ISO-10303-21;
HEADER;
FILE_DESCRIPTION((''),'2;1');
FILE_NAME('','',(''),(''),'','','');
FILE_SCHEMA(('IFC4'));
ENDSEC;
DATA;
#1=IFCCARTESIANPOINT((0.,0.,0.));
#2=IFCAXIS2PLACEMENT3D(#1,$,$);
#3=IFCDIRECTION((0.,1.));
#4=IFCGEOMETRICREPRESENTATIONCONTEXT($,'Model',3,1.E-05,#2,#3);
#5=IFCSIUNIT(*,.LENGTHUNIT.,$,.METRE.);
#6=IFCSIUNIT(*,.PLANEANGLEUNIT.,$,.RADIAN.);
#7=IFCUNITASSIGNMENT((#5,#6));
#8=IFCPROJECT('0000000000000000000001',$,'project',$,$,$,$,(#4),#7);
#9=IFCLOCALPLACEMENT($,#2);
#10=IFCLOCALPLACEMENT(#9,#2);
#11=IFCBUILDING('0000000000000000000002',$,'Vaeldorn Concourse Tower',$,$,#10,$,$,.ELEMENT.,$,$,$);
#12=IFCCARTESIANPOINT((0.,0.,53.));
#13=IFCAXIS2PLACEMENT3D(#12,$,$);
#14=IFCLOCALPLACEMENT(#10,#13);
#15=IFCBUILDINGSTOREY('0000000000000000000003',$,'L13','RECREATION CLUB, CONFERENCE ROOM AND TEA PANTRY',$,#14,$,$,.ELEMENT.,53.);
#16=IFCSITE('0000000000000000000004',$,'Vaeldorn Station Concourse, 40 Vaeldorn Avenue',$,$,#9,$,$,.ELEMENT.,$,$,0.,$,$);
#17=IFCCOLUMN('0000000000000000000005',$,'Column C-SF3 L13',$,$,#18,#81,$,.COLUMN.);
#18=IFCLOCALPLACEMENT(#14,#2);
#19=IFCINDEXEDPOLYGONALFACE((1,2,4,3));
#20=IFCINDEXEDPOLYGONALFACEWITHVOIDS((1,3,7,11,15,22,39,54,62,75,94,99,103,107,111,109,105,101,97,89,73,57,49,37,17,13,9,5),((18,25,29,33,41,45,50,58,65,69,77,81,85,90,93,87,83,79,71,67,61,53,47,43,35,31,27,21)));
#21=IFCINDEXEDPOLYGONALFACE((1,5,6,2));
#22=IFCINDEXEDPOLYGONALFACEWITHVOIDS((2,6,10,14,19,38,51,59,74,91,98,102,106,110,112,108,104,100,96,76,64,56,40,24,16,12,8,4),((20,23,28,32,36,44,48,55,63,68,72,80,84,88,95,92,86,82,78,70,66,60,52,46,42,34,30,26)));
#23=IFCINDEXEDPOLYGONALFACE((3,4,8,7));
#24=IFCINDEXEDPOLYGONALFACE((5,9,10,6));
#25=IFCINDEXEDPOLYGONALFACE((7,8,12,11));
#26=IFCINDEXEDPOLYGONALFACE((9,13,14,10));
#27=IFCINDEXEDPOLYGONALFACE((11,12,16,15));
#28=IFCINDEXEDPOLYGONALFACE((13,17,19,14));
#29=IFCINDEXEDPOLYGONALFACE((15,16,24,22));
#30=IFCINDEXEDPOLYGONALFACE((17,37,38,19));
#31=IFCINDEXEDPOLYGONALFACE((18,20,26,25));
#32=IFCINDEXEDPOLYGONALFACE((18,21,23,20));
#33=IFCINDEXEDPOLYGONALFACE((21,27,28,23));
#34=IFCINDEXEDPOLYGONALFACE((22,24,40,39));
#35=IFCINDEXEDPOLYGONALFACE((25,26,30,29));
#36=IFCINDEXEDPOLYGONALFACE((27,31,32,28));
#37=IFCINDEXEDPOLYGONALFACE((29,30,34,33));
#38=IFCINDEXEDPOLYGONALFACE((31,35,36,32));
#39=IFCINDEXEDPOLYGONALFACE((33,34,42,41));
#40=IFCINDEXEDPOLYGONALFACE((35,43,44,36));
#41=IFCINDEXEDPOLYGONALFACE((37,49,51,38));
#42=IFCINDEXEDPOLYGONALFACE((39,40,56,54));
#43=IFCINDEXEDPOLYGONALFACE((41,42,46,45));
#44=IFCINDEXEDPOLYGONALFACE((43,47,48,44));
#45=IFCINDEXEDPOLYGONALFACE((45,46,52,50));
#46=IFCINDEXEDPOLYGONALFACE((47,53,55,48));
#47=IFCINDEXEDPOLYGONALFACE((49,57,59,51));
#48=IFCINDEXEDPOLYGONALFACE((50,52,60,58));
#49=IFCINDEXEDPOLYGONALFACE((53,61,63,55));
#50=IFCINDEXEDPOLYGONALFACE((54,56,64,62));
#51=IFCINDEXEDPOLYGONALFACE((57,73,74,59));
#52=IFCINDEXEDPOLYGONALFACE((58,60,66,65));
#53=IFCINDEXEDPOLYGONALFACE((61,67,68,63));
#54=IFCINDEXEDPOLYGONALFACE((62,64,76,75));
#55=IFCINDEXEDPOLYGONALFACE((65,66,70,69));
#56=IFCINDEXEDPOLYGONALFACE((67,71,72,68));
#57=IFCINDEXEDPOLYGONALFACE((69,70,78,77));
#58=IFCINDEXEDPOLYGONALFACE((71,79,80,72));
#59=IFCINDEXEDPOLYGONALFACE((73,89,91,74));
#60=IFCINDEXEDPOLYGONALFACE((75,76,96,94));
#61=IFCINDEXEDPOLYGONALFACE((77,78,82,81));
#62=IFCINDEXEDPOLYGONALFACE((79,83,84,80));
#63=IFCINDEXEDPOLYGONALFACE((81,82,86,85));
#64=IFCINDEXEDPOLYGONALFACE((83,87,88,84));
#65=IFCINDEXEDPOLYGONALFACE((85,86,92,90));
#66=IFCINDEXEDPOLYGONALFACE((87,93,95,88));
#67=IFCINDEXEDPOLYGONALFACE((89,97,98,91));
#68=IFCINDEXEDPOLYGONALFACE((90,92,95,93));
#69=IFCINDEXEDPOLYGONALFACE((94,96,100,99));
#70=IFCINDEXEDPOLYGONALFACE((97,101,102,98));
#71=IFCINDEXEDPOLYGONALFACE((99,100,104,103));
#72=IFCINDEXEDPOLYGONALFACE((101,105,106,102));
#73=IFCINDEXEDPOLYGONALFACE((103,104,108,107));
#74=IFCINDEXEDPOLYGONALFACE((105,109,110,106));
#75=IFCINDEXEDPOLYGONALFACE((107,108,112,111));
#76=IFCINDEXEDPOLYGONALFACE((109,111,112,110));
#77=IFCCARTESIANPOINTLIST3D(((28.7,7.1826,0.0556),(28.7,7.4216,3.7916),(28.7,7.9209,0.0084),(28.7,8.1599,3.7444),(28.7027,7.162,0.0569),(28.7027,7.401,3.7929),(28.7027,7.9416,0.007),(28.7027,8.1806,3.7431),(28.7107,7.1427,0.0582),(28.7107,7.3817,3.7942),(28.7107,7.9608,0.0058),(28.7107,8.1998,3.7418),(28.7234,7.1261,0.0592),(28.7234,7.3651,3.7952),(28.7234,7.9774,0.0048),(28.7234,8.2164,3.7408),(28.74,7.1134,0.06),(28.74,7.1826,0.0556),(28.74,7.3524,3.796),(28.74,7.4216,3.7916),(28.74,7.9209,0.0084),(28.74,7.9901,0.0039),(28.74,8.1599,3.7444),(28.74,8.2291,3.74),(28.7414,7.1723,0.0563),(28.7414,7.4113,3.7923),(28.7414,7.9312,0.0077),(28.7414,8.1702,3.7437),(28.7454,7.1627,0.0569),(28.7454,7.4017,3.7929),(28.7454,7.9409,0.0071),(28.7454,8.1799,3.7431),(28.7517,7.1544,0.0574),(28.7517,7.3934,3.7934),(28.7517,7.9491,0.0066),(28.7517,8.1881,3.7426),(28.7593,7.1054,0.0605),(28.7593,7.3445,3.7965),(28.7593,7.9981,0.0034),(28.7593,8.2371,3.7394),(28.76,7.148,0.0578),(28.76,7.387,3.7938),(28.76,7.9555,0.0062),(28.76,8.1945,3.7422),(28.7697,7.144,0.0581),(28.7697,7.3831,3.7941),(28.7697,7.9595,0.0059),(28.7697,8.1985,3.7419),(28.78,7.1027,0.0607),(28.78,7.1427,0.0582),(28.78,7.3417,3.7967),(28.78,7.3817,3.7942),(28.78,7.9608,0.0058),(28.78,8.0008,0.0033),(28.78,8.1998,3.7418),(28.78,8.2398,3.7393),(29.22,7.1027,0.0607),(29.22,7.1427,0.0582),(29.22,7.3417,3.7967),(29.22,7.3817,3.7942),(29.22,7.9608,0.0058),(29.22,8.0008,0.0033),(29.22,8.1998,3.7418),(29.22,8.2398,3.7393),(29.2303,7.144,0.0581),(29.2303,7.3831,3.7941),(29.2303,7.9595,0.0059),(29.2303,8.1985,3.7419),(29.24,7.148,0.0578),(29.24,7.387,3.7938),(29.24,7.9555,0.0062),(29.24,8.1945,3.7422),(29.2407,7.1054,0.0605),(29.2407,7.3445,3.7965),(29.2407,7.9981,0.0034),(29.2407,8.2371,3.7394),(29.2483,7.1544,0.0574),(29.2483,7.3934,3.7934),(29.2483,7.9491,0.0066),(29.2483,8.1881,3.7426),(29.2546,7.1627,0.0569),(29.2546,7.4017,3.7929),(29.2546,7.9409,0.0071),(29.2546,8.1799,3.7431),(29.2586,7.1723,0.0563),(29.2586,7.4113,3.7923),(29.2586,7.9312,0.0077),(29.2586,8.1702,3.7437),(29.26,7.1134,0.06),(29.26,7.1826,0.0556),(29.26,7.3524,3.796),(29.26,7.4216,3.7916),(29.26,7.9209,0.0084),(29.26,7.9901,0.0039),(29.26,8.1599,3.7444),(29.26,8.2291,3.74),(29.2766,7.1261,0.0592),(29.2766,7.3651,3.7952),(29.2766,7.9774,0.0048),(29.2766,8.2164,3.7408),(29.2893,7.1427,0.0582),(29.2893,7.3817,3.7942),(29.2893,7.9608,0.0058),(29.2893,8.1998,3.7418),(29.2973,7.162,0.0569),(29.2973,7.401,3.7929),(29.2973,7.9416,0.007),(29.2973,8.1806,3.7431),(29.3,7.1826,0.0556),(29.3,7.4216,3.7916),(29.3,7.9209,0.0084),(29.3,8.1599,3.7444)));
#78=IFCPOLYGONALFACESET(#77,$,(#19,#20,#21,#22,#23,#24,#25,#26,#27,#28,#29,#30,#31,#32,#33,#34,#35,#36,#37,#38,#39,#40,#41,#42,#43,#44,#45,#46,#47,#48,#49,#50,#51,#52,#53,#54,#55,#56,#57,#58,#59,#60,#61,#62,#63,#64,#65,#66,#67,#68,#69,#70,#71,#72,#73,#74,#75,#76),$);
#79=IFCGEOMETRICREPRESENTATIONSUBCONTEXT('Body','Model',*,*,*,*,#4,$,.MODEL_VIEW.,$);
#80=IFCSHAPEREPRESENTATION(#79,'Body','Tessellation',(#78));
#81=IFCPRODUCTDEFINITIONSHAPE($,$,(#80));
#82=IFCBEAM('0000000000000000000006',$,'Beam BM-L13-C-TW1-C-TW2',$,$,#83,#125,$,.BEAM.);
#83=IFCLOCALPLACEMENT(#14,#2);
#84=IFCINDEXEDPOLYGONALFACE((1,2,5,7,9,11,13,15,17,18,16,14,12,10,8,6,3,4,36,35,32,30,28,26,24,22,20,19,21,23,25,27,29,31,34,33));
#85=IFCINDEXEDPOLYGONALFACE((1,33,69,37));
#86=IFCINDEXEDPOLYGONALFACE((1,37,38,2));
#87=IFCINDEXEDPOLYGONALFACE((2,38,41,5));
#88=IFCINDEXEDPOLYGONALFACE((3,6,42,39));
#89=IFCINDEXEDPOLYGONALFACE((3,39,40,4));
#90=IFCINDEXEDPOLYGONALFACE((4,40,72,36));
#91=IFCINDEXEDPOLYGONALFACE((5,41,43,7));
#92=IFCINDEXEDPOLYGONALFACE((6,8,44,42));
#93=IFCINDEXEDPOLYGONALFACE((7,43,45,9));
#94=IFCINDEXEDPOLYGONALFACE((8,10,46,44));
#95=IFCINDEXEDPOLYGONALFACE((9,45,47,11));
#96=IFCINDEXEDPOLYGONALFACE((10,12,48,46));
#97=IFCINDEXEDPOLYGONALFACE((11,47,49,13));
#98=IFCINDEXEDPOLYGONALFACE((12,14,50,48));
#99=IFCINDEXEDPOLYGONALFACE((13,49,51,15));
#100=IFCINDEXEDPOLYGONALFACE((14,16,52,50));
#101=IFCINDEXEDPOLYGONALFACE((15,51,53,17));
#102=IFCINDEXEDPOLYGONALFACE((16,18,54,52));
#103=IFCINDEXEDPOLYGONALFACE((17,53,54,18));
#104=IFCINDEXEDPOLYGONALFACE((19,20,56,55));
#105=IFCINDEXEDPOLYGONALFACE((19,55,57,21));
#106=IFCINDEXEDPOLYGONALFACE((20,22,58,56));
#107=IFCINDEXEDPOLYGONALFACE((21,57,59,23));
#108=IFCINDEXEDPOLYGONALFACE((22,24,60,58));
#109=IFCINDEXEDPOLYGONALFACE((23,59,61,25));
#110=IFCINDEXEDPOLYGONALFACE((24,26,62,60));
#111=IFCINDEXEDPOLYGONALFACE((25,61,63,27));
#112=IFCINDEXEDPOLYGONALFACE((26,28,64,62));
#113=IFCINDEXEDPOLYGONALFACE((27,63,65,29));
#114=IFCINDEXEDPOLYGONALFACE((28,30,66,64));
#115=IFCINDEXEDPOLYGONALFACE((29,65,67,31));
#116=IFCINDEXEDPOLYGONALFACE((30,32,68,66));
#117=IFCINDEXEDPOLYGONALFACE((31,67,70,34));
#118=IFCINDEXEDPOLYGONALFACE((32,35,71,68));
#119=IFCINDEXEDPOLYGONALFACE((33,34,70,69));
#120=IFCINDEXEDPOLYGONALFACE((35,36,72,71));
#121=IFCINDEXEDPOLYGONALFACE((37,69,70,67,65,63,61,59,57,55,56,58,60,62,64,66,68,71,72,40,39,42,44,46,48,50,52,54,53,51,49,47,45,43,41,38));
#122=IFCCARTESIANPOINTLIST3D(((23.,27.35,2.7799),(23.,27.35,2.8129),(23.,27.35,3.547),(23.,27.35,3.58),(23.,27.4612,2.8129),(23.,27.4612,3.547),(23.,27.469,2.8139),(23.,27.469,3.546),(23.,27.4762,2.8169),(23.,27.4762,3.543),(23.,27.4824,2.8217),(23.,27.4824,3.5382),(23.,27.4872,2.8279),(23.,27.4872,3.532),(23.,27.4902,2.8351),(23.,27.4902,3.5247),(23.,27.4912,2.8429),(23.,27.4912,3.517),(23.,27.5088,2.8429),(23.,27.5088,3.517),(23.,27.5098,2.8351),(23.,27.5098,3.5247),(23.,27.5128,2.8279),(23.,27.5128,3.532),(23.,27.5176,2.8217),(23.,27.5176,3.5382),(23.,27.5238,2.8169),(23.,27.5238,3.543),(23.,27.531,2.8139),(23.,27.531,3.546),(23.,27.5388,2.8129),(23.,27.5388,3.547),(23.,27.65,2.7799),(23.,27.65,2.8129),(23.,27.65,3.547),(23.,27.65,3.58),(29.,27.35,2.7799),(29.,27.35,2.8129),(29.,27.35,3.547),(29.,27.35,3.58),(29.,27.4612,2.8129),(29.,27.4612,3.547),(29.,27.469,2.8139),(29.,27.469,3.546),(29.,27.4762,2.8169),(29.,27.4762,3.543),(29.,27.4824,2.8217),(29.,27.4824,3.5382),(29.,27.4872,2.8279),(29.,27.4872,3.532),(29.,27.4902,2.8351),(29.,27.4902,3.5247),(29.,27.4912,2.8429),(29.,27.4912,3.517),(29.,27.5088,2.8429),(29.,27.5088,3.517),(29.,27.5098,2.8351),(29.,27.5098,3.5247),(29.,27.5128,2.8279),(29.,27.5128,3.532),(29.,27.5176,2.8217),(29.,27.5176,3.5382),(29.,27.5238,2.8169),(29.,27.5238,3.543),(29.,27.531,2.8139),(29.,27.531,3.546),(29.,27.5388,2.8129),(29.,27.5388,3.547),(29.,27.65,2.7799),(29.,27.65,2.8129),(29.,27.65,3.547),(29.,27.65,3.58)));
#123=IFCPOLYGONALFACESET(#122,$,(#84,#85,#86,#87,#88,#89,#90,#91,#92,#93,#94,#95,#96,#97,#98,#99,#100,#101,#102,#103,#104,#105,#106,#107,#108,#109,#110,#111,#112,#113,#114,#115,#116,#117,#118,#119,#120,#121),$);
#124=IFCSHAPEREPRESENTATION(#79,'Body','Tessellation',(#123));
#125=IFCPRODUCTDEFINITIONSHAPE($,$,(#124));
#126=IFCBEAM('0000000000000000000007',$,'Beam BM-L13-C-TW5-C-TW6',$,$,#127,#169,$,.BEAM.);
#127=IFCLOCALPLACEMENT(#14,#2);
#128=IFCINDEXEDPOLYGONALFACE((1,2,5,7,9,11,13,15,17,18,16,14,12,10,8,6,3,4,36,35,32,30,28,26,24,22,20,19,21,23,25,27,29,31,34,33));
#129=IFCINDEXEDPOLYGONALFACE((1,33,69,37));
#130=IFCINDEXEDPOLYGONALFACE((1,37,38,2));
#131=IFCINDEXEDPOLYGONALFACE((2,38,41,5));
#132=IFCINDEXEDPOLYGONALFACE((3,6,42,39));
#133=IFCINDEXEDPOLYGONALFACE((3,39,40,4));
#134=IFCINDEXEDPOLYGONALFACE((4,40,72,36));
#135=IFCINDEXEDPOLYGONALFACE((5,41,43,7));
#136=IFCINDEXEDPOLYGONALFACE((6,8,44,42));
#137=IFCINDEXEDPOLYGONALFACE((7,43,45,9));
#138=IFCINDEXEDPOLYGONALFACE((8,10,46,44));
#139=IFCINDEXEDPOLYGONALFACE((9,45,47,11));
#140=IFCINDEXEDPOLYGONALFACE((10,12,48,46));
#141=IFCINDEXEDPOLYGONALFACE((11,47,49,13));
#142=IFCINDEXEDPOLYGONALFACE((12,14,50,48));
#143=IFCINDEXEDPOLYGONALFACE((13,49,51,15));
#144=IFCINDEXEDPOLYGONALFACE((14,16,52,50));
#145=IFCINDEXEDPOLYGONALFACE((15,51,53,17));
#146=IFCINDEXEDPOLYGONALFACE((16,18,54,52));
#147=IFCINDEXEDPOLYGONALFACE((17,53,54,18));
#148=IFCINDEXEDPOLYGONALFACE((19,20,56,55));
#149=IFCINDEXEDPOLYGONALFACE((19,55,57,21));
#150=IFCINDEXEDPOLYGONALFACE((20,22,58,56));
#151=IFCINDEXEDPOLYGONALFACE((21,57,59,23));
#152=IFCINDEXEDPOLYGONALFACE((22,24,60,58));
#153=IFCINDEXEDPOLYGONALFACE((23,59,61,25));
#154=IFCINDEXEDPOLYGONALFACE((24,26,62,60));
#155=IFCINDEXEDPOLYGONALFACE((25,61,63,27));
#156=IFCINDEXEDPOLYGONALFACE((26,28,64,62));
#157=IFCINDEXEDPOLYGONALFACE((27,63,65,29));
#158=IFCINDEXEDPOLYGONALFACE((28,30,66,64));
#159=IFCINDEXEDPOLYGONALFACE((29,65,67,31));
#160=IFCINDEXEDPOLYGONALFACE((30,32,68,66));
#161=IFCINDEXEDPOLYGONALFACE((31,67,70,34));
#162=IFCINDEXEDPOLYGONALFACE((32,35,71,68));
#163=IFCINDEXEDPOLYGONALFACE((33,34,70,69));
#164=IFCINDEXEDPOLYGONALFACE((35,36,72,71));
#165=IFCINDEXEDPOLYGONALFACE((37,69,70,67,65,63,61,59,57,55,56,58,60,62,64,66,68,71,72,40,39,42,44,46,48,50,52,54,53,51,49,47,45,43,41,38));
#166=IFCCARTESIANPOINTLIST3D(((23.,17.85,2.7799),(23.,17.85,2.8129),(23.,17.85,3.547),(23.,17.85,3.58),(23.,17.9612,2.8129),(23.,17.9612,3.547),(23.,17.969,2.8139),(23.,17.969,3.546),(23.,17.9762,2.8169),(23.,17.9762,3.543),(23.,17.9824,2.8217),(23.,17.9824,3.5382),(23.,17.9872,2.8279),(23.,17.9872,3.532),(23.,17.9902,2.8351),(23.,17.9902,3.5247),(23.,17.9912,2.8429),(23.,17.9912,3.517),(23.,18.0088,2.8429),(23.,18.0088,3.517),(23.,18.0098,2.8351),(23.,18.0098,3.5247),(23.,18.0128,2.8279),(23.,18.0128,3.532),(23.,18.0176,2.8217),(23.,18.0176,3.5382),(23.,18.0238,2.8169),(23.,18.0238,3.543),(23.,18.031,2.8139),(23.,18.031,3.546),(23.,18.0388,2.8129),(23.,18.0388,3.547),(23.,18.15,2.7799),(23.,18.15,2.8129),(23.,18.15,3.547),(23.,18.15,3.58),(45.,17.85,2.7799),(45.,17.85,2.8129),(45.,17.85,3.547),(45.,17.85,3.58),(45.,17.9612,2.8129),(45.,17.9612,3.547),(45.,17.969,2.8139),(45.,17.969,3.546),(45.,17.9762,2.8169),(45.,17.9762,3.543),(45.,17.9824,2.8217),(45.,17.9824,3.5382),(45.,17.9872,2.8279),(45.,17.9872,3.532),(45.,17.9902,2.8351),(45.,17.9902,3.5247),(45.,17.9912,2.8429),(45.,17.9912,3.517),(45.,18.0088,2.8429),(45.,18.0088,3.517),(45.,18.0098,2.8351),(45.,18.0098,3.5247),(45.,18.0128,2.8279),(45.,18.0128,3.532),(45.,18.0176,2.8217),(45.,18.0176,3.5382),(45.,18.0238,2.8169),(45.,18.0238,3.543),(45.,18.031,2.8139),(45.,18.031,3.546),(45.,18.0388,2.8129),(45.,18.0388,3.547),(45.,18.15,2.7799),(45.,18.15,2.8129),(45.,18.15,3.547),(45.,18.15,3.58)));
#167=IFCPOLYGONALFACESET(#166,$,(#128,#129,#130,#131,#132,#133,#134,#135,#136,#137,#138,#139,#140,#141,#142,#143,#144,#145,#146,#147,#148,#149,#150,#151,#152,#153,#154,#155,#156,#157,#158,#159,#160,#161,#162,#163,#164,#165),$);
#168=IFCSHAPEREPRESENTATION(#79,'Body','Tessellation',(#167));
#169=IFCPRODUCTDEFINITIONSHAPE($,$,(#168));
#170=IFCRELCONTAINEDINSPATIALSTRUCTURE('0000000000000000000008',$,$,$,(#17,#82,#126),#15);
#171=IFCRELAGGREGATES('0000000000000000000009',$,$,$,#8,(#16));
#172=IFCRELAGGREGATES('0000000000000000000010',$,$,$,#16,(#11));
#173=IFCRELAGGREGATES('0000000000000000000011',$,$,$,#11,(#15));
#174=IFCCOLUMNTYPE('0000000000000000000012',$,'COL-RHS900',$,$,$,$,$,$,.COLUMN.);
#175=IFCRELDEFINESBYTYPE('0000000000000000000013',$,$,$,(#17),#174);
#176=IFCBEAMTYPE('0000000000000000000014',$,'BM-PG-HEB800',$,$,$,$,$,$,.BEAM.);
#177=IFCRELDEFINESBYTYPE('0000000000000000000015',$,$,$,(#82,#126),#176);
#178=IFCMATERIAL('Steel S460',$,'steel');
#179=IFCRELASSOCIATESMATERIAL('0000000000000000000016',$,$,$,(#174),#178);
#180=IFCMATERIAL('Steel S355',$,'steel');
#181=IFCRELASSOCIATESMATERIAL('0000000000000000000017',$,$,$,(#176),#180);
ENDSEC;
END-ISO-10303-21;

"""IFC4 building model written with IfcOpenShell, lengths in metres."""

from ifc_helpers import new_model, si_unit, direction, frame, origin, origin_2d, place, context, subcontext, project, spatial, hollow_rectangle, i_section, extrude, source, transform, mapped, material, material_profile, profile_set, type_object, element, save


model = new_model("IFC4")

# Units and contexts
model_context = context("Model", 3, precision=1e-05, world=origin(), true_north=direction((0.0, 1.0)))
body_context = subcontext(model_context, "Body", "Model", "MODEL_VIEW")
ifc_project = project(units=[si_unit("LENGTHUNIT", "METRE"), si_unit("PLANEANGLEUNIT", "RADIAN")], contexts=[model_context])

# Site, building, storey
site_placement = place(None, origin())
site = spatial("IfcSite", under=ifc_project, at=site_placement, Name="Vaeldorn Station Concourse, 40 Vaeldorn Avenue", CompositionType="ELEMENT", RefElevation=0.0)
building_placement = place(site_placement, origin())
building = spatial("IfcBuilding", under=site, at=building_placement, Name="Vaeldorn Concourse Tower", CompositionType="ELEMENT")
storey_placement = place(building_placement, frame((0.0, 0.0, 53.0)))
storey = spatial("IfcBuildingStorey", under=building, at=storey_placement, Name="L13", Description="RECREATION CLUB, CONFERENCE ROOM AND TEA PANTRY", CompositionType="ELEMENT", Elevation=53.0)

# Column
ifc_material_1 = material(Name="Steel S460", Category="steel")
ifc_material_profile_1 = material_profile(ifc_material_1, hollow_rectangle(XDim=0.6001, YDim=0.8999, WallThickness=0.04, InnerFilletRadius=0.04, OuterFilletRadius=0.0801, at=origin_2d()), Name="RHS 900x600x40")
ifc_profile_set_1 = profile_set([ifc_material_profile_1], Name="Steel S460")
column_type_1 = type_object("IfcColumnType", Name="COL-RHS900", PredefinedType="COLUMN", material=ifc_profile_set_1)
shared_shape_1 = source(origin(), body_context, "Body", "SweptSolid", [
    extrude(hollow_rectangle(XDim=0.6001, YDim=0.8999, WallThickness=0.04, InnerFilletRadius=0.04, OuterFilletRadius=0.0801, at=origin_2d()), origin(), (0.0, 0.0, 1.0), 3.7437),
])
column_1_placement = place(storey_placement, frame((29.0, 7.5518, 0.032), z_axis=(0.0, 0.063844, 0.99796), x_axis=(-1.0, 0.0, 0.0)))
element("IfcColumn", 1, at=column_1_placement, inside=storey, type_object=column_type_1, Name="Column C-SF3 L13", PredefinedType="COLUMN", context=body_context, shape_type="MappedRepresentation", body=[
    mapped(shared_shape_1, transform((0.0, 0.0, 0.0), scale=1.0)),
])

# Beams
ifc_material_2 = material(Name="Steel S355", Category="steel")
ifc_material_profile_2 = material_profile(ifc_material_2, i_section(OverallWidth=0.3, OverallDepth=0.8, WebThickness=0.0176, FlangeThickness=0.033, FilletRadius=0.03, at=origin_2d()), Name="HEB 800")
ifc_profile_set_2 = profile_set([ifc_material_profile_2], Name="Steel S355")
beam_type_1 = type_object("IfcBeamType", Name="BM-PG-HEB800", PredefinedType="BEAM", material=ifc_profile_set_2)
shared_shape_2 = source(origin(), body_context, "Body", "SweptSolid", [
    extrude(i_section(OverallWidth=0.3, OverallDepth=0.8, WebThickness=0.0176, FlangeThickness=0.033, FilletRadius=0.03, at=origin_2d()), origin(), (0.0, 0.0, 1.0), 6.0),
])
beam_1_placement = place(storey_placement, frame((23.0, 27.5, 3.1799), z_axis=(1.0, 0.0, 0.0), x_axis=(0.0, 1.0, 0.0)))
element("IfcBeam", 2, at=beam_1_placement, inside=storey, type_object=beam_type_1, Name="Beam BM-L13-C-TW1-C-TW2", PredefinedType="BEAM", context=body_context, shape_type="MappedRepresentation", body=[
    mapped(shared_shape_2, transform((0.0, 0.0, 0.0), scale=1.0)),
])
shared_shape_3 = source(origin(), body_context, "Body", "SweptSolid", [
    extrude(i_section(OverallWidth=0.3, OverallDepth=0.8, WebThickness=0.0176, FlangeThickness=0.033, FilletRadius=0.03, at=origin_2d()), origin(), (0.0, 0.0, 1.0), 22.0),
])
beam_2_placement = place(storey_placement, frame((23.0, 18.0, 3.1799), z_axis=(1.0, 0.0, 0.0), x_axis=(0.0, 1.0, 0.0)))
element("IfcBeam", 3, at=beam_2_placement, inside=storey, type_object=beam_type_1, Name="Beam BM-L13-C-TW5-C-TW6", PredefinedType="BEAM", context=body_context, shape_type="MappedRepresentation", body=[
    mapped(shared_shape_3, transform((0.0, 0.0, 0.0), scale=1.0)),
])

save(model, "model.ifc")
